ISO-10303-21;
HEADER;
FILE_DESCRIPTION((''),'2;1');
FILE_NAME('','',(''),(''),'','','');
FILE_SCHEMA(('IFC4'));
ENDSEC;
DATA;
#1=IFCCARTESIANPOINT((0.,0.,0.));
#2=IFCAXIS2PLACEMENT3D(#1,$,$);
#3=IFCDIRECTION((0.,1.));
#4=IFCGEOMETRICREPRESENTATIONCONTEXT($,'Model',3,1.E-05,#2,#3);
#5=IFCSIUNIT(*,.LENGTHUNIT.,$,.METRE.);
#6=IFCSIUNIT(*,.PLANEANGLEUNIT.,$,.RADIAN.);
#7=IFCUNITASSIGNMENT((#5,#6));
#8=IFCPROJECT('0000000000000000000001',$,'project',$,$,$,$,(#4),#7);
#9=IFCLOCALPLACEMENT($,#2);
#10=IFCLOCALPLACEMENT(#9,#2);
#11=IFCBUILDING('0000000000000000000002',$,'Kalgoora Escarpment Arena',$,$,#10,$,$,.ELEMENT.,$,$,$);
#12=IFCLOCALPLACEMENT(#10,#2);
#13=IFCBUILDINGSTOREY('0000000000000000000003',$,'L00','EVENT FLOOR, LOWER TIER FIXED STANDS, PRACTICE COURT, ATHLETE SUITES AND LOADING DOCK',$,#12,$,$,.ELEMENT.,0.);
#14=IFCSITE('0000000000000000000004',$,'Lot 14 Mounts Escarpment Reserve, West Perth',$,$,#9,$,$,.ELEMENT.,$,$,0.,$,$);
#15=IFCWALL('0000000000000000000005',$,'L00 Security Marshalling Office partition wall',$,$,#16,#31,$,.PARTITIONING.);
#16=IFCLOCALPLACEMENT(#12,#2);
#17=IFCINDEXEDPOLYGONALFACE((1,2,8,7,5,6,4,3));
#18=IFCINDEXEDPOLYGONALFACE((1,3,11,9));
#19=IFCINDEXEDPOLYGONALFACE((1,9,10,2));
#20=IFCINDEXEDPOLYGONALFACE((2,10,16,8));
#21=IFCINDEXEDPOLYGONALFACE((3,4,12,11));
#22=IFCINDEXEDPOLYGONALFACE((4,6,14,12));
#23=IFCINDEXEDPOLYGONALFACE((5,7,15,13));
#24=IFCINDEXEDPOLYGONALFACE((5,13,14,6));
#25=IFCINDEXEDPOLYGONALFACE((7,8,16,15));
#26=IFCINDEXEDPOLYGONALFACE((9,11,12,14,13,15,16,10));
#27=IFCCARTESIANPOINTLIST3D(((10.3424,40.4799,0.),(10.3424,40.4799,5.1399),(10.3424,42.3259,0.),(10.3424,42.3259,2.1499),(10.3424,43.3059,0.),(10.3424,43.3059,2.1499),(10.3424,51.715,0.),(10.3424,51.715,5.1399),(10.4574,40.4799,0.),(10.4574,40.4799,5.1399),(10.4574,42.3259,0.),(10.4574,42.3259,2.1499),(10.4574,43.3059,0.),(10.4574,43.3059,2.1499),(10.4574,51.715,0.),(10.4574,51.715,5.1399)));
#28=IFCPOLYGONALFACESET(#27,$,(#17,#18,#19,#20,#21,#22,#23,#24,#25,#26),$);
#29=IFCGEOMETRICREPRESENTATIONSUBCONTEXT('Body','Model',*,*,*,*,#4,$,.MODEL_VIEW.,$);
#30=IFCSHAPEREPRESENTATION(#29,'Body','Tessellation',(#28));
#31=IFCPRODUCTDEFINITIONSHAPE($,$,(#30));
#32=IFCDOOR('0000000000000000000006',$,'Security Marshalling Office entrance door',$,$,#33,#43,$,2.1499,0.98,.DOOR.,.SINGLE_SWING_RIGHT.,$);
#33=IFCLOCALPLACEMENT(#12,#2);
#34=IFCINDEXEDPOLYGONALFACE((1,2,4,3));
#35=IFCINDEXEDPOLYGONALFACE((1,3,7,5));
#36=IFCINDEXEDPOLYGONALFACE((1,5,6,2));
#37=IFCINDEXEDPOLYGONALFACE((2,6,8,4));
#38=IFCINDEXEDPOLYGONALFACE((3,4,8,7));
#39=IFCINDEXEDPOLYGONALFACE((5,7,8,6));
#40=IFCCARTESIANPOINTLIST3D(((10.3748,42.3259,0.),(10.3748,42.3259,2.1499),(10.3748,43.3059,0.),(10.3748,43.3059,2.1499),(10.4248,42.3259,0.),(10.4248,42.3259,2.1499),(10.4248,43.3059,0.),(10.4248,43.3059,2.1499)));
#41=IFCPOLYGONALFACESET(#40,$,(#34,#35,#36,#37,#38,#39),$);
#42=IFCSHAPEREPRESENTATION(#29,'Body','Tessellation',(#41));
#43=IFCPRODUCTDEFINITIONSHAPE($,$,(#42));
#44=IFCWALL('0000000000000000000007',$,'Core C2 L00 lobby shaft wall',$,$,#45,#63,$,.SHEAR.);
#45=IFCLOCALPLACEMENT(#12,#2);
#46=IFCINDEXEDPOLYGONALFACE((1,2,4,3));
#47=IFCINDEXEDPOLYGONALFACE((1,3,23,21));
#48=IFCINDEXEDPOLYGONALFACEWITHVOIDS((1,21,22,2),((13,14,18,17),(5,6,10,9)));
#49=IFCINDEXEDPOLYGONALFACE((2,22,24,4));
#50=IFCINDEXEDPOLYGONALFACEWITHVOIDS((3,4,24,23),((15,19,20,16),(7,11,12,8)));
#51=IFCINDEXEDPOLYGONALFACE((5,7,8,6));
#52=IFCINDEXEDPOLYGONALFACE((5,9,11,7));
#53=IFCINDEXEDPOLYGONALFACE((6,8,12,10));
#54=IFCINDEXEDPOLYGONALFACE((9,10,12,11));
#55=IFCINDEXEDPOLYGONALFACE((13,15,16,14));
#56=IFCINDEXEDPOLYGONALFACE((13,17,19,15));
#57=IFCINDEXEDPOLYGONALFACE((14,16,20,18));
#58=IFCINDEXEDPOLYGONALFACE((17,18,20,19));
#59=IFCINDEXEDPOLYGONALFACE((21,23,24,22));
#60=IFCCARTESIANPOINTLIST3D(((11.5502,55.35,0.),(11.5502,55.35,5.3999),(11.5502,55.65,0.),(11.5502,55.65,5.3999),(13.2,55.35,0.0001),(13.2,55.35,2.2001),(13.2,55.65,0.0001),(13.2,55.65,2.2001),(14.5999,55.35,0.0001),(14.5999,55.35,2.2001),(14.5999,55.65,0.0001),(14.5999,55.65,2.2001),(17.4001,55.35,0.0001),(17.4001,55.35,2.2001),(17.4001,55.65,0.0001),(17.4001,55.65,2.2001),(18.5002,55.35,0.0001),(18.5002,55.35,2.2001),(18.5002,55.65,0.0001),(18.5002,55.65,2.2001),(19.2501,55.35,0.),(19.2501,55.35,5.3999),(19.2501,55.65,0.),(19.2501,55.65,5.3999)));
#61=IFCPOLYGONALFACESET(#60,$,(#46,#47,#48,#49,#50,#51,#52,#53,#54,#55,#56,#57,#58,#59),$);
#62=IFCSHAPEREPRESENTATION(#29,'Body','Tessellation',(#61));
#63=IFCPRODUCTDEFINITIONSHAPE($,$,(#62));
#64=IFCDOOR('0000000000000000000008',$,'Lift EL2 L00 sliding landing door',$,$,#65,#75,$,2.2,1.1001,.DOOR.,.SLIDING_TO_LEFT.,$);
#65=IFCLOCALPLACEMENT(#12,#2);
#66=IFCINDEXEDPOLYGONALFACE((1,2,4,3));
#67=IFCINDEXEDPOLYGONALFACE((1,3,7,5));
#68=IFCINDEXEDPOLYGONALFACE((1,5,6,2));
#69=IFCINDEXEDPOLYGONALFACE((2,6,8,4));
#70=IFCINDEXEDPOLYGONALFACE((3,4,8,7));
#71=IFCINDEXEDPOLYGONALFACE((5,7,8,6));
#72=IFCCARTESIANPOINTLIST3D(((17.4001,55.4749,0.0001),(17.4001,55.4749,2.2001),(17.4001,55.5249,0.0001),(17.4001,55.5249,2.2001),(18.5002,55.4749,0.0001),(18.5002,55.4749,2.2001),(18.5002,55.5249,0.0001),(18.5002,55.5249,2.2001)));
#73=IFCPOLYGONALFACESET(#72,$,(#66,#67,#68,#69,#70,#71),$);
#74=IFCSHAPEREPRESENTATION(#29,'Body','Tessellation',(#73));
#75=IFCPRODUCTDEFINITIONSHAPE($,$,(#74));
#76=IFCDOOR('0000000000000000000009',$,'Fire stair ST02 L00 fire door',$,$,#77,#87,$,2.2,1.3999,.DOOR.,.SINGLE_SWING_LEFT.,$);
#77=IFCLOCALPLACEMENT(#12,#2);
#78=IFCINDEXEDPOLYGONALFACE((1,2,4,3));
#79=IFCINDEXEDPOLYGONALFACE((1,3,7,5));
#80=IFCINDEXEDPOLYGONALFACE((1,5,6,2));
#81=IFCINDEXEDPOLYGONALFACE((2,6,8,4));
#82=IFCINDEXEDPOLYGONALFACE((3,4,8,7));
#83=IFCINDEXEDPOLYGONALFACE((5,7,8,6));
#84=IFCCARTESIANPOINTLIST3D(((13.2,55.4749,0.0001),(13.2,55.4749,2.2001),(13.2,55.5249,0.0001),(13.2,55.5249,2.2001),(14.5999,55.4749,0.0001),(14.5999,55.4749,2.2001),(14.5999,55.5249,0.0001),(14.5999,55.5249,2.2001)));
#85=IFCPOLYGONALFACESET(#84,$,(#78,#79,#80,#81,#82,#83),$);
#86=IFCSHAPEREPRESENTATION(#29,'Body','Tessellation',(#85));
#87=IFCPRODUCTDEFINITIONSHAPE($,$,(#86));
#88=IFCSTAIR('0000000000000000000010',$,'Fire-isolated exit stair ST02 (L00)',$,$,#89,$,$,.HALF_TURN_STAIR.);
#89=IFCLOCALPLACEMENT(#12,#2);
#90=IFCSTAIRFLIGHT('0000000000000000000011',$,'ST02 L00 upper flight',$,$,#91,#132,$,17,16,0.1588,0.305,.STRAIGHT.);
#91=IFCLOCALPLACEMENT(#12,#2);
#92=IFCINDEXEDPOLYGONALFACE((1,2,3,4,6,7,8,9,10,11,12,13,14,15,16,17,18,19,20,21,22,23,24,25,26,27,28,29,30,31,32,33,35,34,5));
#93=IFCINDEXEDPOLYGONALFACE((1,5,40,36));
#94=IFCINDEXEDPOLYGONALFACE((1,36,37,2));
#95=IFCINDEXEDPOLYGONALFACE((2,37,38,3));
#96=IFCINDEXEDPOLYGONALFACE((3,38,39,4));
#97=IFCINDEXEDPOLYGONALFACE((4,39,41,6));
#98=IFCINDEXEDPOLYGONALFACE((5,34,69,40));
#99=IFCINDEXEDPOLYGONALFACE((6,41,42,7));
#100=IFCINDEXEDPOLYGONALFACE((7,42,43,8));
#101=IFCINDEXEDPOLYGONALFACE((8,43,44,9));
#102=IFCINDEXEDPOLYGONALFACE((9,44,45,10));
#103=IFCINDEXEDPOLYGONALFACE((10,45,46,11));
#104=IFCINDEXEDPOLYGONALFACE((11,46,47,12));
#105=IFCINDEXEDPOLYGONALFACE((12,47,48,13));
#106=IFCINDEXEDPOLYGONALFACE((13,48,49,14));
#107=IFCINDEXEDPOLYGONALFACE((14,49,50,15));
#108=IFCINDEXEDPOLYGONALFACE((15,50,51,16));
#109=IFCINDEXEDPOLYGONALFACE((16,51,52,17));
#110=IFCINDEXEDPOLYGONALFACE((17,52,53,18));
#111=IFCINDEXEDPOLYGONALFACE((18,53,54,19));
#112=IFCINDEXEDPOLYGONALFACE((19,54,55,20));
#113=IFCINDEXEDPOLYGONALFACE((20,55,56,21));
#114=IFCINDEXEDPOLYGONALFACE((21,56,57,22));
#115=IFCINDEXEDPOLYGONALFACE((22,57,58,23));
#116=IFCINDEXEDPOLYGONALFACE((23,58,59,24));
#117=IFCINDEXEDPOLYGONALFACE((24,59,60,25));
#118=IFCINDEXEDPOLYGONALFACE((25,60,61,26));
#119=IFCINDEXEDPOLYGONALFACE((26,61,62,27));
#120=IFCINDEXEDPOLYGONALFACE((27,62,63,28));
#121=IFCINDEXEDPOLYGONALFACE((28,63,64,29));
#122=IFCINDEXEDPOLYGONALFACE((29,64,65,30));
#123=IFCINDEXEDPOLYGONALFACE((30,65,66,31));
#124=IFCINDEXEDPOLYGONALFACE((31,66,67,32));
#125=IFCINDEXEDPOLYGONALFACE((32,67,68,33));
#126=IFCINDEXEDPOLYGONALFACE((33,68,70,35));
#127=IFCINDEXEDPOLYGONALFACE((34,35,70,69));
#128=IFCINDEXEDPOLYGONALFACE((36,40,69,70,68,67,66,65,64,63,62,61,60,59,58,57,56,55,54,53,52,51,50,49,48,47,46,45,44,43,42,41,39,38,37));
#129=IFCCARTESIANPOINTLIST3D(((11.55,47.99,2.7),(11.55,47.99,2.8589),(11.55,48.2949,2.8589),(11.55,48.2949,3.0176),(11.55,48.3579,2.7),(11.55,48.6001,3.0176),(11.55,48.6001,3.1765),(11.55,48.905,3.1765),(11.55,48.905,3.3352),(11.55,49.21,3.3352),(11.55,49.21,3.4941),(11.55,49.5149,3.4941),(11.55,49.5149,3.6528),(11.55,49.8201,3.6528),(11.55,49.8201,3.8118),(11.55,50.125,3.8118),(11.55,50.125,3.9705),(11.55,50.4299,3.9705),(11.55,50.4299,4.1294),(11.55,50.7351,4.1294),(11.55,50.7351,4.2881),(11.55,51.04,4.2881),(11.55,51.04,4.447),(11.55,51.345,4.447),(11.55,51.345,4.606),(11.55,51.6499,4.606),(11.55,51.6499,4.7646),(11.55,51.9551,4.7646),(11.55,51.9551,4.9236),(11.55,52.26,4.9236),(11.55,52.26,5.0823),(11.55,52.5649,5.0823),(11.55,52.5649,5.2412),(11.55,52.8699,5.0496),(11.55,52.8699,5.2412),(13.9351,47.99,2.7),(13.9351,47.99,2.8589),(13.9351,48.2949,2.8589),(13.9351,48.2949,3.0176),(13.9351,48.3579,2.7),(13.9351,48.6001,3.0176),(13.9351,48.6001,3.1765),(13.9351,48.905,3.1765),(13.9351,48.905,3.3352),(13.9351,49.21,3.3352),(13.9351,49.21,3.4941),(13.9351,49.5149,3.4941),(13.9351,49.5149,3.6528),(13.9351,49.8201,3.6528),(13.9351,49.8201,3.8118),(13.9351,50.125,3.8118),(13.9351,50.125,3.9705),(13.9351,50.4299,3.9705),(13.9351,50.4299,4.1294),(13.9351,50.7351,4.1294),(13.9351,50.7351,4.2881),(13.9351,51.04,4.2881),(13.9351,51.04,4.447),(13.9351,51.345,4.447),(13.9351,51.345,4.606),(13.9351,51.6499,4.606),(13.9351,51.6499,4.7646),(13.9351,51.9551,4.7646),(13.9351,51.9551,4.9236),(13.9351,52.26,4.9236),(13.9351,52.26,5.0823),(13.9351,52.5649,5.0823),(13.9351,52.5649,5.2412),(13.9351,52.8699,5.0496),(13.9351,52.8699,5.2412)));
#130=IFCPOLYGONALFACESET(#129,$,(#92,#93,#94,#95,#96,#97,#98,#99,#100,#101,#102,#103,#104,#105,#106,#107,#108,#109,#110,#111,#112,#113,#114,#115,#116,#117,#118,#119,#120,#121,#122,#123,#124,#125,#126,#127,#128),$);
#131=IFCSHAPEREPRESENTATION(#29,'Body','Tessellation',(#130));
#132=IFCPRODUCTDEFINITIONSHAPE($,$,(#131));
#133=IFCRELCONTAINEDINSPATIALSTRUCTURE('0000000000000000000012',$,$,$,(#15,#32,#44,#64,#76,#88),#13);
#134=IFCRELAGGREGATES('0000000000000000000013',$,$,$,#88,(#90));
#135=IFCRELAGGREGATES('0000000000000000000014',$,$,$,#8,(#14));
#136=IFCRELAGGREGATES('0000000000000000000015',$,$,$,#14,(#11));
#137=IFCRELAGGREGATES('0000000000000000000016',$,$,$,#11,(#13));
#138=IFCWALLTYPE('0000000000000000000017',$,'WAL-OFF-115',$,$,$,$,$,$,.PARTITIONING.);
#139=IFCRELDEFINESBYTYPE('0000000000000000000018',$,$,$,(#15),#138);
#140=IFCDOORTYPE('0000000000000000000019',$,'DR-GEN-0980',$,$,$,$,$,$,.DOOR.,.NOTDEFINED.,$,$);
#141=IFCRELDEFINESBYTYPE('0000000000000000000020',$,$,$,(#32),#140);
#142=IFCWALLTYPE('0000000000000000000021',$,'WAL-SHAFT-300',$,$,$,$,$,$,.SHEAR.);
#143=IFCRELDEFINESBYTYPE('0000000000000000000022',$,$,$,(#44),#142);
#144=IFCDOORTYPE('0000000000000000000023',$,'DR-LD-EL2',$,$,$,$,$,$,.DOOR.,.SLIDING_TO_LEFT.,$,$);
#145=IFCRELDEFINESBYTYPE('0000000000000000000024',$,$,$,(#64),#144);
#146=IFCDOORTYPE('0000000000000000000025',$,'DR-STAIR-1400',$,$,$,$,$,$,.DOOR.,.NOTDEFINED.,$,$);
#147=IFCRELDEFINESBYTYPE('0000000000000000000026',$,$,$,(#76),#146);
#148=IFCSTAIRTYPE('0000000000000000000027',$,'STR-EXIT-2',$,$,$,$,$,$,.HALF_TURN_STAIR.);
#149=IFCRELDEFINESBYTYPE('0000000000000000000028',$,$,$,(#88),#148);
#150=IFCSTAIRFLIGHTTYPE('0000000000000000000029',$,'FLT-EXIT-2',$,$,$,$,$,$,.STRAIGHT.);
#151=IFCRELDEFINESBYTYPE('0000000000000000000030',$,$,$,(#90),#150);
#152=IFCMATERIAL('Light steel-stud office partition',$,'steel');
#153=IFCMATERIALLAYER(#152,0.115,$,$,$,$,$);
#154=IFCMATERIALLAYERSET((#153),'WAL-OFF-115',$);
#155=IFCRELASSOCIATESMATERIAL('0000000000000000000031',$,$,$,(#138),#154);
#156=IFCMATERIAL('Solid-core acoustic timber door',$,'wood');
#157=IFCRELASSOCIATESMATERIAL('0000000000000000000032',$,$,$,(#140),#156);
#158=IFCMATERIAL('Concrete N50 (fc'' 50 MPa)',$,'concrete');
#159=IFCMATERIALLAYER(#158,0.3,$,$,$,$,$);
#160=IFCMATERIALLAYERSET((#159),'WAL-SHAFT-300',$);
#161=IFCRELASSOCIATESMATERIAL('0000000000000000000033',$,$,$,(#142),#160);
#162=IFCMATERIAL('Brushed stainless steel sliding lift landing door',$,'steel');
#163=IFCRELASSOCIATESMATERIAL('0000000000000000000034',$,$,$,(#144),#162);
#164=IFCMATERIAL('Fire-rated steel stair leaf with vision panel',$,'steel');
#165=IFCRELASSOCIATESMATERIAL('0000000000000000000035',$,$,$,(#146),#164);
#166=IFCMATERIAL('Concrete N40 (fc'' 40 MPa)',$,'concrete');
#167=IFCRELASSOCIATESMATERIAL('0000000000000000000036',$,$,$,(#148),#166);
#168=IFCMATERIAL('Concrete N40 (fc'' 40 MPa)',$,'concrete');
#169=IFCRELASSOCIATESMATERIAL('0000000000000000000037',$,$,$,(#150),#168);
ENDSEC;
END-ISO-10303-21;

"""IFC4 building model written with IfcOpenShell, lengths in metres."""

from ifc_helpers import new_model, si_unit, direction, frame, frame_2d, origin, place, context, subcontext, project, spatial, polyline, rectangle, outline, extrude, material, layer, layer_set, type_object, element, fill, aggregate, save


model = new_model("IFC4")

# Units and contexts
model_context = context("Model", 3, precision=1e-05, world=origin(), true_north=direction((0.0, 1.0)))
body_context = subcontext(model_context, "Body", "Model", "MODEL_VIEW")
ifc_project = project(units=[si_unit("LENGTHUNIT", "METRE"), si_unit("PLANEANGLEUNIT", "RADIAN")], contexts=[model_context])

# Site, building, storey
site_placement = place(None, origin())
site = spatial("IfcSite", under=ifc_project, at=site_placement, Name="Lot 14 Mounts Escarpment Reserve, West Perth", CompositionType="ELEMENT", RefElevation=0.0)
building_placement = place(site_placement, origin())
building = spatial("IfcBuilding", under=site, at=building_placement, Name="Kalgoora Escarpment Arena", CompositionType="ELEMENT")
storey_placement = place(building_placement, origin())
storey = spatial("IfcBuildingStorey", under=building, at=storey_placement, Name="L00", Description="EVENT FLOOR, LOWER TIER FIXED STANDS, PRACTICE COURT, ATHLETE SUITES AND LOADING DOCK", CompositionType="ELEMENT", Elevation=0.0)

# Wall, opening, door
ifc_material_1 = material(Name="Light steel-stud office partition", Category="steel")
ifc_layer_1 = layer(ifc_material_1, 0.115)
ifc_layer_set_1 = layer_set([ifc_layer_1], Name="WAL-OFF-115")
wall_type_1 = type_object("IfcWallType", Name="WAL-OFF-115", PredefinedType="PARTITIONING", material=ifc_layer_set_1)
wall_1_placement = place(storey_placement, frame((10.3999, 51.7151, 0.0), z_axis=(0.0, 0.0, 1.0), x_axis=(0.0, -1.0, 0.0)))
wall_1 = element("IfcWall", 1, at=wall_1_placement, inside=storey, type_object=wall_type_1, Name="L00 Security Marshalling Office partition wall", PredefinedType="PARTITIONING", context=body_context, shape_type="SweptSolid", body=[
    extrude(rectangle(XDim=11.2351, YDim=0.115, at=frame_2d((5.6177, 0.0))), origin(), (0.0, 0.0, 1.0), 5.1399),
])
opening_1_placement = place(wall_1_placement, frame((8.4092, 0.0, 0.0)))
opening_1 = element("IfcOpeningElement", 2, at=opening_1_placement, cuts=wall_1, PredefinedType="OPENING", context=body_context, shape_type="SweptSolid", body=[
    extrude(rectangle(XDim=0.98, YDim=2.1499, at=frame_2d((0.49, 1.075))), frame((0.0, 0.0674, 0.0), z_axis=(0.0, -1.0, 0.0), x_axis=(1.0, 0.0, 0.0)), (0.0, 0.0, 1.0), 0.135),
])
ifc_material_2 = material(Name="Solid-core acoustic timber door", Category="wood")
door_type_1 = type_object("IfcDoorType", Name="DR-GEN-0980", OperationType="NOTDEFINED", PredefinedType="DOOR", material=ifc_material_2)
door_1_placement = place(opening_1_placement, origin())
door_1 = element("IfcDoor", 3, at=door_1_placement, inside=storey, type_object=door_type_1, Name="Security Marshalling Office entrance door", OperationType="SINGLE_SWING_RIGHT", OverallHeight=2.1499, OverallWidth=0.98, PredefinedType="DOOR", context=body_context, shape_type="SweptSolid", body=[
    extrude(rectangle(XDim=0.98, YDim=2.1499, at=frame_2d((0.49, 1.075))), frame((0.0, 0.0249, 0.0), z_axis=(0.0, -1.0, 0.0), x_axis=(1.0, 0.0, 0.0)), (0.0, 0.0, 1.0), 0.05),
])
fill(opening_1, door_1)

# Wall, openings, doors
ifc_material_3 = material(Name="Concrete N50 (fc' 50 MPa)", Category="concrete")
ifc_layer_2 = layer(ifc_material_3, 0.3)
ifc_layer_set_2 = layer_set([ifc_layer_2], Name="WAL-SHAFT-300")
wall_type_2 = type_object("IfcWallType", Name="WAL-SHAFT-300", PredefinedType="SHEAR", material=ifc_layer_set_2)
wall_2_placement = place(storey_placement, frame((11.55, 55.5, 0.0), z_axis=(0.0, 0.0, 1.0), x_axis=(1.0, 0.0, 0.0)))
wall_2 = element("IfcWall", 4, at=wall_2_placement, inside=storey, type_object=wall_type_2, Name="Core C2 L00 lobby shaft wall", PredefinedType="SHEAR", context=body_context, shape_type="SweptSolid", body=[
    extrude(rectangle(XDim=7.7, YDim=0.3, at=frame_2d((3.8501, 0.0))), origin(), (0.0, 0.0, 1.0), 5.3999),
])
opening_2_placement = place(wall_2_placement, frame((1.6499, 0.0, 0.0)))
opening_2 = element("IfcOpeningElement", 5, at=opening_2_placement, cuts=wall_2, PredefinedType="OPENING", context=body_context, shape_type="SweptSolid", body=[
    extrude(rectangle(XDim=1.3999, YDim=2.2, at=frame_2d((0.7, 1.1001))), frame((0.0, 0.1599, 0.0), z_axis=(0.0, -1.0, 0.0), x_axis=(1.0, 0.0, 0.0)), (0.0, 0.0, 1.0), 0.3201),
])
opening_3_placement = place(wall_2_placement, frame((5.8501, 0.0, 0.0)))
opening_3 = element("IfcOpeningElement", 6, at=opening_3_placement, cuts=wall_2, PredefinedType="OPENING", context=body_context, shape_type="SweptSolid", body=[
    extrude(rectangle(XDim=1.1001, YDim=2.2, at=frame_2d((0.55, 1.1001))), frame((0.0, 0.1599, 0.0), z_axis=(0.0, -1.0, 0.0), x_axis=(1.0, 0.0, 0.0)), (0.0, 0.0, 1.0), 0.3201),
])
ifc_material_4 = material(Name="Brushed stainless steel sliding lift landing door", Category="steel")
door_type_2 = type_object("IfcDoorType", Name="DR-LD-EL2", OperationType="SLIDING_TO_LEFT", PredefinedType="DOOR", material=ifc_material_4)
door_2_placement = place(opening_3_placement, origin())
door_2 = element("IfcDoor", 7, at=door_2_placement, inside=storey, type_object=door_type_2, Name="Lift EL2 L00 sliding landing door", OperationType="SLIDING_TO_LEFT", OverallHeight=2.2, OverallWidth=1.1001, PredefinedType="DOOR", context=body_context, shape_type="SweptSolid", body=[
    extrude(rectangle(XDim=1.1001, YDim=2.2, at=frame_2d((0.55, 1.1001))), frame((0.0, 0.0249, 0.0), z_axis=(0.0, -1.0, 0.0), x_axis=(1.0, 0.0, 0.0)), (0.0, 0.0, 1.0), 0.05),
])
fill(opening_3, door_2)
ifc_material_5 = material(Name="Fire-rated steel stair leaf with vision panel", Category="steel")
door_type_3 = type_object("IfcDoorType", Name="DR-STAIR-1400", OperationType="NOTDEFINED", PredefinedType="DOOR", material=ifc_material_5)
door_3_placement = place(opening_2_placement, origin())
door_3 = element("IfcDoor", 8, at=door_3_placement, inside=storey, type_object=door_type_3, Name="Fire stair ST02 L00 fire door", OperationType="SINGLE_SWING_LEFT", OverallHeight=2.2, OverallWidth=1.3999, PredefinedType="DOOR", context=body_context, shape_type="SweptSolid", body=[
    extrude(rectangle(XDim=1.3999, YDim=2.2, at=frame_2d((0.7, 1.1001))), frame((0.0, 0.0249, 0.0), z_axis=(0.0, -1.0, 0.0), x_axis=(1.0, 0.0, 0.0)), (0.0, 0.0, 1.0), 0.05),
])
fill(opening_2, door_3)

# Stair, stair flight
ifc_material_6 = material(Name="Concrete N40 (fc' 40 MPa)", Category="concrete")
stair_type = type_object("IfcStairType", Name="STR-EXIT-2", PredefinedType="HALF_TURN_STAIR", material=ifc_material_6)
stair_placement = place(storey_placement, origin())
stair = element("IfcStair", 9, at=stair_placement, inside=storey, type_object=stair_type, Name="Fire-isolated exit stair ST02 (L00)", PredefinedType="HALF_TURN_STAIR")
ifc_material_7 = material(Name="Concrete N40 (fc' 40 MPa)", Category="concrete")
stair_flight_type = type_object("IfcStairFlightType", Name="FLT-EXIT-2", PredefinedType="STRAIGHT", material=ifc_material_7)
stair_flight_placement = place(storey_placement, frame((12.7424, 47.99, 2.7), z_axis=(0.0, 0.0, 1.0), x_axis=(0.0, 1.0, 0.0)))
stair_flight = element("IfcStairFlight", 10, at=stair_flight_placement, type_object=stair_flight_type, Name="ST02 L00 upper flight", NumberOfRisers=17, NumberOfTreads=16, PredefinedType="STRAIGHT", RiserHeight=0.1588, TreadLength=0.305, context=body_context, shape_type="SweptSolid", body=[
    extrude(outline(polyline([(0.0, 0.0), (0.0, 0.1589), (0.3049, 0.1589), (0.3049, 0.3176), (0.6101, 0.3176), (0.6101, 0.4766), (0.915, 0.4766), (0.915, 0.6353), (1.22, 0.6353), (1.22, 0.7942), (1.5249, 0.7942), (1.5249, 0.9529), (1.8301, 0.9529), (1.8301, 1.1118), (2.135, 1.1118), (2.135, 1.2705), (2.4399, 1.2705), (2.4399, 1.4294), (2.7451, 1.4294), (2.7451, 1.5881), (3.05, 1.5881), (3.05, 1.7471), (3.355, 1.7471), (3.355, 1.906), (3.6599, 1.906), (3.6599, 2.0647), (3.9651, 2.0647), (3.9651, 2.2236), (4.27, 2.2236), (4.27, 2.3823), (4.575, 2.3823), (4.575, 2.5413), (4.8799, 2.5413), (4.8799, 2.7), (4.8799, 2.3496), (0.3679, 0.0), (0.0, 0.0)])), frame((0.0, 1.1924, 0.0), z_axis=(0.0, -1.0, 0.0), x_axis=(1.0, 0.0, 0.0)), (0.0, 0.0, 1.0), 2.385),
])
aggregate(stair, [stair_flight])

save(model, "model.ifc")
